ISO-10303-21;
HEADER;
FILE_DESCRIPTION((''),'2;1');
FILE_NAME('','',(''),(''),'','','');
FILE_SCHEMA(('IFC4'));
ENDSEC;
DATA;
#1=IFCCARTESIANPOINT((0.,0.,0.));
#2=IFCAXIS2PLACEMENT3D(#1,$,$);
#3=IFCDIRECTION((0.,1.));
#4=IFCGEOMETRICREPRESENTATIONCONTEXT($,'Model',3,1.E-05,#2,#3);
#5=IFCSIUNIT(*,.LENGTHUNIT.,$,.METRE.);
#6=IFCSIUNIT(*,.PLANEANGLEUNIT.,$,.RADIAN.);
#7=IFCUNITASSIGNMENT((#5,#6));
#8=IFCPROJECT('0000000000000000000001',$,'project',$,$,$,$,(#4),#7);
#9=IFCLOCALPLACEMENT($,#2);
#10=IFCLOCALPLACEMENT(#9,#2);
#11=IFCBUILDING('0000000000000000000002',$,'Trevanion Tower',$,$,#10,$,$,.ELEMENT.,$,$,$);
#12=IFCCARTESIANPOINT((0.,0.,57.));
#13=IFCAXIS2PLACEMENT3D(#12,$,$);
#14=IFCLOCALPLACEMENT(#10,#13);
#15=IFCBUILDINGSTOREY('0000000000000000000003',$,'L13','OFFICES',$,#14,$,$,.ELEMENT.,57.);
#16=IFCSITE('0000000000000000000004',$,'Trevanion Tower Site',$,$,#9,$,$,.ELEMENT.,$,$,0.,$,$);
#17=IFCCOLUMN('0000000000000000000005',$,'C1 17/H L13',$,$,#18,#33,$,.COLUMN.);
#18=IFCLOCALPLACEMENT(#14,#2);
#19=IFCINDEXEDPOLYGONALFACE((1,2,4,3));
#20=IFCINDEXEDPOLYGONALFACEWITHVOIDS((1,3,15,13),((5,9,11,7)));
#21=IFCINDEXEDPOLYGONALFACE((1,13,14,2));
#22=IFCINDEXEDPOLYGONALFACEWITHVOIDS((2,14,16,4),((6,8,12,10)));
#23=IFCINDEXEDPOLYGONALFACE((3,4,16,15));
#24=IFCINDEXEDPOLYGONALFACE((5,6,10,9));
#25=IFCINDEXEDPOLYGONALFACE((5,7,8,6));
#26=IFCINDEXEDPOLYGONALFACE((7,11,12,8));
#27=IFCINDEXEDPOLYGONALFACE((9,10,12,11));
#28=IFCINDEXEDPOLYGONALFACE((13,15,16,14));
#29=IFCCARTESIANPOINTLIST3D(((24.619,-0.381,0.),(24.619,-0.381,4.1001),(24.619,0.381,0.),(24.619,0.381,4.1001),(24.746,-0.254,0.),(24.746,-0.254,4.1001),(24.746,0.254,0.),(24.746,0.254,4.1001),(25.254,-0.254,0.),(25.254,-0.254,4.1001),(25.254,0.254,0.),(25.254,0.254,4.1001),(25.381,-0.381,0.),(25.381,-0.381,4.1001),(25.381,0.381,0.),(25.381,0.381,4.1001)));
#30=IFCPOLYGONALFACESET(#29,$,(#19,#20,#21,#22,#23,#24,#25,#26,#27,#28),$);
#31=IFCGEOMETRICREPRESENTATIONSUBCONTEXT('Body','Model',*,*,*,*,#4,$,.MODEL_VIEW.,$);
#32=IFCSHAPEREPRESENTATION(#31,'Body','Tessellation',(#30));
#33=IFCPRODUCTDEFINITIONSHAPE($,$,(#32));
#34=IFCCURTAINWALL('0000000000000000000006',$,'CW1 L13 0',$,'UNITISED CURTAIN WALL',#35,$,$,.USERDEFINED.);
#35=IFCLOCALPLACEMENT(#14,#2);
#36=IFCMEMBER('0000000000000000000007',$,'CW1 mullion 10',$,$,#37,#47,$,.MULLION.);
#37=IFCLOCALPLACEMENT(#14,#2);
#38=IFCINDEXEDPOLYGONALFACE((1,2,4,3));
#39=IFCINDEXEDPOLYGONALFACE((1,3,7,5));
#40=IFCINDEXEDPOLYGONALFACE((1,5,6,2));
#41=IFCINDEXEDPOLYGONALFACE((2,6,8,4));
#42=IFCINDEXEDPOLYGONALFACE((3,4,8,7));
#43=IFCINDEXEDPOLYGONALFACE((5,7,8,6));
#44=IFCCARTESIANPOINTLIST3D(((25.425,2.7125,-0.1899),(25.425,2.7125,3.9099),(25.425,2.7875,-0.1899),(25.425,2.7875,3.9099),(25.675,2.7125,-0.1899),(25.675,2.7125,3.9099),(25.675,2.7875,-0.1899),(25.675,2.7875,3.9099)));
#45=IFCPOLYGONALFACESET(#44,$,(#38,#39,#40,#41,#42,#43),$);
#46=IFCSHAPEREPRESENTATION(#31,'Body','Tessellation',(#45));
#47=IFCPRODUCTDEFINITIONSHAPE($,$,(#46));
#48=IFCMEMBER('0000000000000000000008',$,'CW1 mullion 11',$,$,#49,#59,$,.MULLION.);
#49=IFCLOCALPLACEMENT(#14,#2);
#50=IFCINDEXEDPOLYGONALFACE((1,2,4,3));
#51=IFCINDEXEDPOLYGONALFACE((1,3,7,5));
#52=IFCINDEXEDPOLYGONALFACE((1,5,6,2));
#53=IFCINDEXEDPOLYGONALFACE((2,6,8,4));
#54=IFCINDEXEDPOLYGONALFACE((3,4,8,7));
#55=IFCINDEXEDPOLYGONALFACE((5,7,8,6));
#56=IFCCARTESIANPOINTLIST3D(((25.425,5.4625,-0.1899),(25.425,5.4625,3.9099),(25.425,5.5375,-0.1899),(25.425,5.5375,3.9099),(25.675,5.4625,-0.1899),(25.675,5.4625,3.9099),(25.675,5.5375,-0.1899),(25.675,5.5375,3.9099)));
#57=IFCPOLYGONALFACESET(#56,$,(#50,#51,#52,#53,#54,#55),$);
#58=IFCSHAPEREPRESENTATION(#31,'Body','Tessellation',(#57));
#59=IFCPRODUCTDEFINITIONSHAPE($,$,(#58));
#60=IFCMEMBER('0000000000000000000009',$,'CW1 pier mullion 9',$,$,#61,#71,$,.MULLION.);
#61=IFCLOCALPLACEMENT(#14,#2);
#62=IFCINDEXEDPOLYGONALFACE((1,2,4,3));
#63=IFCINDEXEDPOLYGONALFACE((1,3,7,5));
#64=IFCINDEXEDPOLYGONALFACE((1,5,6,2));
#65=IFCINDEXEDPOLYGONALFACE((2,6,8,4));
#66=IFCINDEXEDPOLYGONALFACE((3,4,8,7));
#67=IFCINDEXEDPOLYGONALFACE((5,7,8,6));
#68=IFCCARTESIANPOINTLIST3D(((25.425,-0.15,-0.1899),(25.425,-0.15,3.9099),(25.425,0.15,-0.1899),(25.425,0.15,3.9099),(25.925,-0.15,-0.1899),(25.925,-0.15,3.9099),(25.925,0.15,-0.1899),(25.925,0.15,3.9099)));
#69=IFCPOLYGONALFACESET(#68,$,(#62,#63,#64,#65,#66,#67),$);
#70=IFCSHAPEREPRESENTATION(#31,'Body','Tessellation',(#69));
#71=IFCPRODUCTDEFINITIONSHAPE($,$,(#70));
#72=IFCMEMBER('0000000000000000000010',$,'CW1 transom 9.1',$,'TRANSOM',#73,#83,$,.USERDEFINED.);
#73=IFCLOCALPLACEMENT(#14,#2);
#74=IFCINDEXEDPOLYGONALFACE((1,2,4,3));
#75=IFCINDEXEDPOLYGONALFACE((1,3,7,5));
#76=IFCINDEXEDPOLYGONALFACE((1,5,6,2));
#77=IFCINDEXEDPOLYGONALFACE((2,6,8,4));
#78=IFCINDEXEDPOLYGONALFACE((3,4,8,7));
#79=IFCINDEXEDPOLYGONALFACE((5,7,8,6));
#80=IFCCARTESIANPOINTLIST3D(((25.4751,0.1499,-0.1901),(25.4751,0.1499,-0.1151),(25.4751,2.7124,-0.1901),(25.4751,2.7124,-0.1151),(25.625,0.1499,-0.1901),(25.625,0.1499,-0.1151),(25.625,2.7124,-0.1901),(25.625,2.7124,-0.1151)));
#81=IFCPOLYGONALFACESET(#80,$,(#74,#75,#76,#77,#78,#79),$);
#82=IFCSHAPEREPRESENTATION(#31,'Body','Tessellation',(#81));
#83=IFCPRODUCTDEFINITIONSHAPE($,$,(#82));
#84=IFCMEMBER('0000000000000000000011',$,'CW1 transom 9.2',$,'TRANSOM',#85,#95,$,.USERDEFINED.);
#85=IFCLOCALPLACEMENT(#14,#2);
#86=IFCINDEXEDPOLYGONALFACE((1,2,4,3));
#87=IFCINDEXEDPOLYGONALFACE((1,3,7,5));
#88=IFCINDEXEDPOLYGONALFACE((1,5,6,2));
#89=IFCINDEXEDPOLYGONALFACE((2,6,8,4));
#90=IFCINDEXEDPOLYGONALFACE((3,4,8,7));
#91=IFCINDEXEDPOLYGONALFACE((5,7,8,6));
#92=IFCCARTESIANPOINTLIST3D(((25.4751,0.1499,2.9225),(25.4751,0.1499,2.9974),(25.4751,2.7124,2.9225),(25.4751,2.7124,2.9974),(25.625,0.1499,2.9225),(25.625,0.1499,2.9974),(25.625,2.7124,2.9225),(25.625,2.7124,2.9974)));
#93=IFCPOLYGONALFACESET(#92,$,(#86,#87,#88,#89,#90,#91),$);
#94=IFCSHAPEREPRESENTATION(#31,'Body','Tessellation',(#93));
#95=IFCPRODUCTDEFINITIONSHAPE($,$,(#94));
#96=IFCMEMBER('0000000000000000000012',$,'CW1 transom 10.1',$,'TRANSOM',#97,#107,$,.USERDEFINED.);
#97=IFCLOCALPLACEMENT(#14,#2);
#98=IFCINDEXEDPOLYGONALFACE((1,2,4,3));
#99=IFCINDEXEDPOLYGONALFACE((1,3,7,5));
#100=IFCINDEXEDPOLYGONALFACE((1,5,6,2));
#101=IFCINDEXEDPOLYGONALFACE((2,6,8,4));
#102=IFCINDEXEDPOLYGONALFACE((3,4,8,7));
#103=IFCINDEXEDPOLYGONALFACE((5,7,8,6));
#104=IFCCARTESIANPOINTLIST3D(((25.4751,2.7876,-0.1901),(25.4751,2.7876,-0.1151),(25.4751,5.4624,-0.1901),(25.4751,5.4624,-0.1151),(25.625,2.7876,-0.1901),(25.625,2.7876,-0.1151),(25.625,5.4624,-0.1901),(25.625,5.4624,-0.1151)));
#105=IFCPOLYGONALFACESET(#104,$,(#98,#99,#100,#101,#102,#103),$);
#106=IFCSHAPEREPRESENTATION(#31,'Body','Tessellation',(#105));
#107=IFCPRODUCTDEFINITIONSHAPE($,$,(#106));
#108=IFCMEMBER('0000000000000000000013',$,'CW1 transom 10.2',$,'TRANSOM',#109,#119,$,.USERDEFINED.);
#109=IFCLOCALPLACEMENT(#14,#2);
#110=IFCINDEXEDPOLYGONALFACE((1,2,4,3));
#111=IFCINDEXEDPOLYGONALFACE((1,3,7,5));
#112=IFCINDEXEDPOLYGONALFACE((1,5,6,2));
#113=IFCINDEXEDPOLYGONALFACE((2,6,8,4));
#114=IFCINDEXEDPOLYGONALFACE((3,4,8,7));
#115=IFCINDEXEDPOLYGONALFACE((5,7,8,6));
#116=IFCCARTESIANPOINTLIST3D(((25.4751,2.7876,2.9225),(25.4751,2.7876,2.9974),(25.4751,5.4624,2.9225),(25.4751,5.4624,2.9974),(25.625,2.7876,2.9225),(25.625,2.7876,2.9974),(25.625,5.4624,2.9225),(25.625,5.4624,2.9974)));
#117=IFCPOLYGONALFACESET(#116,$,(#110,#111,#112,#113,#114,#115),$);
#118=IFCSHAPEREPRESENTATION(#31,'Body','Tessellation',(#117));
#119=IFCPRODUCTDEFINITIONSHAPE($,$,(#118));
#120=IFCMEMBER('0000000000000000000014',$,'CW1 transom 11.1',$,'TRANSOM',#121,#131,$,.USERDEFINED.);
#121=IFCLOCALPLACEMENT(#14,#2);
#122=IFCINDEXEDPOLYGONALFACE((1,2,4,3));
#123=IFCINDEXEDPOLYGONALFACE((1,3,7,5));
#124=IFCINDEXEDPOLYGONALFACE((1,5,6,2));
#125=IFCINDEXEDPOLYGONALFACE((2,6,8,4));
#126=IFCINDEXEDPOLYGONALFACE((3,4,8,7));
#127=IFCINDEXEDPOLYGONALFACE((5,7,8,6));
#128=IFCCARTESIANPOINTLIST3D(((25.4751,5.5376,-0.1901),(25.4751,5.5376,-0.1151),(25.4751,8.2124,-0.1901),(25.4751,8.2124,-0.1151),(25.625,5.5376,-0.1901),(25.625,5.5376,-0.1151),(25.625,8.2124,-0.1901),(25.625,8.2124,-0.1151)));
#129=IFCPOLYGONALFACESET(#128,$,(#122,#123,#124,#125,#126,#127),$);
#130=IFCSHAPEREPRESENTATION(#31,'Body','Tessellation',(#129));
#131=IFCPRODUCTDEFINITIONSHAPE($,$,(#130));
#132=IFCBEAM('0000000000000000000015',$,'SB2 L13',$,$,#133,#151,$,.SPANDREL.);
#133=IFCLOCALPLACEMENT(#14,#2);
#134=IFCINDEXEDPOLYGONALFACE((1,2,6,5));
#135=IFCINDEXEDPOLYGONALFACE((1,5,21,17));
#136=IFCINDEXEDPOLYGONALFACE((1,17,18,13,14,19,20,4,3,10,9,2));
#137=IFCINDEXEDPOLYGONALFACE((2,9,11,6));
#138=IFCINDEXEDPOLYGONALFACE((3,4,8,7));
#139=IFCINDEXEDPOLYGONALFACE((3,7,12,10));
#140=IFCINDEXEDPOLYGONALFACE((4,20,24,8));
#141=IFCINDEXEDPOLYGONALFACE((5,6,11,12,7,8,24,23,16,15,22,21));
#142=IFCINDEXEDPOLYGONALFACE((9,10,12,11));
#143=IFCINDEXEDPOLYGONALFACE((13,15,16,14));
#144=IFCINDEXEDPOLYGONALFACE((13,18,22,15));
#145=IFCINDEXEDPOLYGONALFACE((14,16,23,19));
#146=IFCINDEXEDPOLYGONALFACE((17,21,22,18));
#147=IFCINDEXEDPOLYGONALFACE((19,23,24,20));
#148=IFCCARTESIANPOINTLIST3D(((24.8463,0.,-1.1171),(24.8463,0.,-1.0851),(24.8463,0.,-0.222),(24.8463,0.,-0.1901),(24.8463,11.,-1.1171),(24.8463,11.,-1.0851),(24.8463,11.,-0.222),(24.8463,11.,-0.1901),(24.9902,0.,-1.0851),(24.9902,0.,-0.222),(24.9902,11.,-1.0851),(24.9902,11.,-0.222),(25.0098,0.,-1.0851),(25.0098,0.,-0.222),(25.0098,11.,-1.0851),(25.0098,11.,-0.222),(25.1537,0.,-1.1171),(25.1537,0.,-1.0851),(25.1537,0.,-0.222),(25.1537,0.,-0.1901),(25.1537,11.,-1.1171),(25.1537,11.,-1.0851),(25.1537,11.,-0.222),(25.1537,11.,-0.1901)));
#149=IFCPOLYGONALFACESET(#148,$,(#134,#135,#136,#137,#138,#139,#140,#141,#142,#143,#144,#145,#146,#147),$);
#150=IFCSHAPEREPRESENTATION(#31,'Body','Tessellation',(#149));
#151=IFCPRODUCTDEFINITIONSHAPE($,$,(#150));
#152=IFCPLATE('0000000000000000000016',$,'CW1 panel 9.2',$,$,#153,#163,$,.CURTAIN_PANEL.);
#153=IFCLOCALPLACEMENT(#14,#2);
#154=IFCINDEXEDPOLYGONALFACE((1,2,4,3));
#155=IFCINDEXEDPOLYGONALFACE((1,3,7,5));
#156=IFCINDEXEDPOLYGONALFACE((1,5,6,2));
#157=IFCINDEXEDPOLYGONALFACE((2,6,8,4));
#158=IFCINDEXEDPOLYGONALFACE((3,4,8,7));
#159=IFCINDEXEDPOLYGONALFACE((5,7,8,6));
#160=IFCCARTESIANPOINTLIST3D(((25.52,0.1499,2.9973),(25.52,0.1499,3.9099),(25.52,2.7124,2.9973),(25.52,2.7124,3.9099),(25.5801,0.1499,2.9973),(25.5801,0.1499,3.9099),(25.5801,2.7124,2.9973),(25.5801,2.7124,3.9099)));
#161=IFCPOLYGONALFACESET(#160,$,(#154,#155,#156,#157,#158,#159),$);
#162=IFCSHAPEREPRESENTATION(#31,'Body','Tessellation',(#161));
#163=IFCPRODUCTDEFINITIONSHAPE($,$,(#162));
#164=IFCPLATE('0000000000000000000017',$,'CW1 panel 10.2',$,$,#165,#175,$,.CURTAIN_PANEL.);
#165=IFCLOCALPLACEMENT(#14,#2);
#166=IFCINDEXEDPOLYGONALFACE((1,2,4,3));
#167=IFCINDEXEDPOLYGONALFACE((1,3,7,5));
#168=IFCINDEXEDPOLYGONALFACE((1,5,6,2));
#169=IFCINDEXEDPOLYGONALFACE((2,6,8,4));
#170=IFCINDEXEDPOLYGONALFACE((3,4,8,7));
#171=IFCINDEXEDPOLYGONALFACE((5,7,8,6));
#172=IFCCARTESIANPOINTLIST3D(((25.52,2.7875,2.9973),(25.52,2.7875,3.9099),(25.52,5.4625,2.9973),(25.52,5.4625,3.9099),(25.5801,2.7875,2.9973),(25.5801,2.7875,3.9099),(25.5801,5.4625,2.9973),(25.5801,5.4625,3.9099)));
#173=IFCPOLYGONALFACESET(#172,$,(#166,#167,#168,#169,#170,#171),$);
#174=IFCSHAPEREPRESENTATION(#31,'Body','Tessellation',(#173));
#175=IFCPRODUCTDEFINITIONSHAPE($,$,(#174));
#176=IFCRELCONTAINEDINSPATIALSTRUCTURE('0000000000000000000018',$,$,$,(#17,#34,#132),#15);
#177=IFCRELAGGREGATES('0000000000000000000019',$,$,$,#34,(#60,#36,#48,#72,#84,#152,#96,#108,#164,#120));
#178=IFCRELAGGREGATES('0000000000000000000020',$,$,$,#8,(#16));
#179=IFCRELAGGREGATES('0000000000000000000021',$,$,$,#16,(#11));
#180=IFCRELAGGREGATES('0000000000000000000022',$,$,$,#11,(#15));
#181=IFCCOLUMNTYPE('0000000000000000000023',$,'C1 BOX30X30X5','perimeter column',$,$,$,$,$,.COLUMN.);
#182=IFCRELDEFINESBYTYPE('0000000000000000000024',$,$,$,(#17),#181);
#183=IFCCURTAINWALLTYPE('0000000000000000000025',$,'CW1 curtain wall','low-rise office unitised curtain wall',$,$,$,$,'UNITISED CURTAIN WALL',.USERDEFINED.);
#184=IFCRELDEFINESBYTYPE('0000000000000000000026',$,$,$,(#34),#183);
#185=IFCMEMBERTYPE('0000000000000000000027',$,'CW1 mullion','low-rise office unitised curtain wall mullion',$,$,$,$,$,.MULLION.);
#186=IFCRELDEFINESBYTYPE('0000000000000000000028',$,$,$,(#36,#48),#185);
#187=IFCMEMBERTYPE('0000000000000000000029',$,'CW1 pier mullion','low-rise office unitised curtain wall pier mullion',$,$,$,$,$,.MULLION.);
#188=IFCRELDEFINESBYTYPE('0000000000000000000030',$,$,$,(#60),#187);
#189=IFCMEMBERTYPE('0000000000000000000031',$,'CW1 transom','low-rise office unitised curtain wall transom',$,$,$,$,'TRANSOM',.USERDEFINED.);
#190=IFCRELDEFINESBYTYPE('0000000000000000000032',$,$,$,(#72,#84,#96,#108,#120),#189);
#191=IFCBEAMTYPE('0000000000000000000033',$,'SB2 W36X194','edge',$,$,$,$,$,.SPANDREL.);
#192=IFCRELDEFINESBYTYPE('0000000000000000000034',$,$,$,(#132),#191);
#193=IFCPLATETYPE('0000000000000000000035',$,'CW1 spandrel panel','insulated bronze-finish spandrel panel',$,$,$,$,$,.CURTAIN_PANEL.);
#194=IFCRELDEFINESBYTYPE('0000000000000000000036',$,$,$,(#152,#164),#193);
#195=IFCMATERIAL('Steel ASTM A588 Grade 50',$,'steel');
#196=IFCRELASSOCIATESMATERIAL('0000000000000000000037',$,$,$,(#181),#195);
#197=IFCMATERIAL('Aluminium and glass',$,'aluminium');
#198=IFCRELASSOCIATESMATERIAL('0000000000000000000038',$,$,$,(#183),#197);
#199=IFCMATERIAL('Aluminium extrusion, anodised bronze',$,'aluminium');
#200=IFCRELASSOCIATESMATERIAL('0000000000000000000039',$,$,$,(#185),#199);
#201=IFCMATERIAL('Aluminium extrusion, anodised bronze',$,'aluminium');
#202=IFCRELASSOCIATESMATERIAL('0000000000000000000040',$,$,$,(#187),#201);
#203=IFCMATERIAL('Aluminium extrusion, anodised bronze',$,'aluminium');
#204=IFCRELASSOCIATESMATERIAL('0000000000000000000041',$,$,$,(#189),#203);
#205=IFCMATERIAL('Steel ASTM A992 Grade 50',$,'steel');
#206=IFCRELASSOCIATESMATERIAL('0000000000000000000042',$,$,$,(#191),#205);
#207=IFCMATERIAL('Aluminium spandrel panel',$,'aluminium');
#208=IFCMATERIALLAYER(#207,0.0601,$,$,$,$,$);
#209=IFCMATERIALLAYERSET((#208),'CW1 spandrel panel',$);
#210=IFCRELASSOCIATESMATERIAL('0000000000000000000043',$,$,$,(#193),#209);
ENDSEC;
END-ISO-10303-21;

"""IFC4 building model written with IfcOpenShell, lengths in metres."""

from ifc_helpers import new_model, si_unit, direction, frame, origin, origin_2d, place, context, subcontext, project, spatial, rectangle, hollow_rectangle, i_section, extrude, material, layer, layer_set, material_profile, profile_set, type_object, element, aggregate, save


model = new_model("IFC4")

# Units and contexts
model_context = context("Model", 3, precision=1e-05, world=origin(), true_north=direction((0.0, 1.0)))
body_context = subcontext(model_context, "Body", "Model", "MODEL_VIEW")
ifc_project = project(units=[si_unit("LENGTHUNIT", "METRE"), si_unit("PLANEANGLEUNIT", "RADIAN")], contexts=[model_context])

# Site, building, storey
site_placement = place(None, origin())
site = spatial("IfcSite", under=ifc_project, at=site_placement, Name="Trevanion Tower Site", CompositionType="ELEMENT", RefElevation=0.0)
building_placement = place(site_placement, origin())
building = spatial("IfcBuilding", under=site, at=building_placement, Name="Trevanion Tower", CompositionType="ELEMENT")
storey_placement = place(building_placement, frame((0.0, 0.0, 57.0)))
storey = spatial("IfcBuildingStorey", under=building, at=storey_placement, Name="L13", Description="OFFICES", CompositionType="ELEMENT", Elevation=57.0)

# Column
ifc_material_1 = material(Name="Steel ASTM A588 Grade 50", Category="steel")
ifc_material_profile_1 = material_profile(ifc_material_1, hollow_rectangle(XDim=0.762, YDim=0.762, WallThickness=0.127, at=origin_2d()), Name="BOX30X30X5")
ifc_profile_set_1 = profile_set([ifc_material_profile_1], Name="Steel ASTM A588 Grade 50")
column_type = type_object("IfcColumnType", Name="C1 BOX30X30X5", Description="perimeter column", PredefinedType="COLUMN", material=ifc_profile_set_1)
column_placement = place(storey_placement, frame((25.0, 0.0, 0.0), z_axis=(0.0, 0.0, 1.0), x_axis=(0.0, 1.0, 0.0)))
element("IfcColumn", 1, at=column_placement, inside=storey, type_object=column_type, Name="C1 17/H L13", PredefinedType="COLUMN", context=body_context, shape_type="SweptSolid", body=[
    extrude(hollow_rectangle(XDim=0.762, YDim=0.762, WallThickness=0.127, at=origin_2d()), origin(), (0.0, 0.0, 1.0), 4.1001),
])

# Curtain wall, members
ifc_material_2 = material(Name="Aluminium and glass", Category="aluminium")
curtain_wall_type = type_object("IfcCurtainWallType", Name="CW1 curtain wall", Description="low-rise office unitised curtain wall", ElementType="UNITISED CURTAIN WALL", PredefinedType="USERDEFINED", material=ifc_material_2)
curtain_wall_placement = place(storey_placement, origin())
curtain_wall = element("IfcCurtainWall", 2, at=curtain_wall_placement, inside=storey, type_object=curtain_wall_type, Name="CW1 L13 0", ObjectType="UNITISED CURTAIN WALL", PredefinedType="USERDEFINED")
ifc_material_3 = material(Name="Aluminium extrusion, anodised bronze", Category="aluminium")
ifc_material_profile_2 = material_profile(ifc_material_3, rectangle(XDim=0.075, YDim=0.25, at=origin_2d()), Name="CW1 mullion")
ifc_profile_set_2 = profile_set([ifc_material_profile_2], Name="Aluminium extrusion, anodised bronze")
member_type_1 = type_object("IfcMemberType", Name="CW1 mullion", Description="low-rise office unitised curtain wall mullion", PredefinedType="MULLION", material=ifc_profile_set_2)
member_1_placement = place(storey_placement, frame((25.55, 2.75, -0.1899), z_axis=(0.0, 0.0, 1.0), x_axis=(0.0, 1.0, 0.0)))
member_1 = element("IfcMember", 3, at=member_1_placement, type_object=member_type_1, Name="CW1 mullion 10", PredefinedType="MULLION", context=body_context, shape_type="SweptSolid", body=[
    extrude(rectangle(XDim=0.075, YDim=0.25, at=origin_2d()), origin(), (0.0, 0.0, 1.0), 4.0999),
])
member_2_placement = place(storey_placement, frame((25.55, 5.5, -0.1899), z_axis=(0.0, 0.0, 1.0), x_axis=(0.0, 1.0, 0.0)))
member_2 = element("IfcMember", 4, at=member_2_placement, type_object=member_type_1, Name="CW1 mullion 11", PredefinedType="MULLION", context=body_context, shape_type="SweptSolid", body=[
    extrude(rectangle(XDim=0.075, YDim=0.25, at=origin_2d()), origin(), (0.0, 0.0, 1.0), 4.0999),
])
ifc_material_4 = material(Name="Aluminium extrusion, anodised bronze", Category="aluminium")
ifc_material_profile_3 = material_profile(ifc_material_4, rectangle(XDim=0.3, YDim=0.5, at=origin_2d()), Name="CW1 pier mullion")
ifc_profile_set_3 = profile_set([ifc_material_profile_3], Name="Aluminium extrusion, anodised bronze")
member_type_2 = type_object("IfcMemberType", Name="CW1 pier mullion", Description="low-rise office unitised curtain wall pier mullion", PredefinedType="MULLION", material=ifc_profile_set_3)
member_3_placement = place(storey_placement, frame((25.675, 0.0, -0.1899), z_axis=(0.0, 0.0, 1.0), x_axis=(0.0, 1.0, 0.0)))
member_3 = element("IfcMember", 5, at=member_3_placement, type_object=member_type_2, Name="CW1 pier mullion 9", PredefinedType="MULLION", context=body_context, shape_type="SweptSolid", body=[
    extrude(rectangle(XDim=0.3, YDim=0.5, at=origin_2d()), origin(), (0.0, 0.0, 1.0), 4.0999),
])
ifc_material_5 = material(Name="Aluminium extrusion, anodised bronze", Category="aluminium")
ifc_material_profile_4 = material_profile(ifc_material_5, rectangle(XDim=0.1499, YDim=0.075, at=origin_2d()), Name="CW1 transom")
ifc_profile_set_4 = profile_set([ifc_material_profile_4], Name="Aluminium extrusion, anodised bronze")
member_type_3 = type_object("IfcMemberType", Name="CW1 transom", Description="low-rise office unitised curtain wall transom", ElementType="TRANSOM", PredefinedType="USERDEFINED", material=ifc_profile_set_4)
member_4_placement = place(storey_placement, frame((25.55, 0.1499, -0.1526), z_axis=(0.0, 1.0, 0.0), x_axis=(-1.0, 0.0, 0.0)))
member_4 = element("IfcMember", 6, at=member_4_placement, type_object=member_type_3, Name="CW1 transom 9.1", ObjectType="TRANSOM", PredefinedType="USERDEFINED", context=body_context, shape_type="SweptSolid", body=[
    extrude(rectangle(XDim=0.1499, YDim=0.075, at=origin_2d()), origin(), (0.0, 0.0, 1.0), 2.5625),
])
member_5_placement = place(storey_placement, frame((25.55, 0.1499, 2.96), z_axis=(0.0, 1.0, 0.0), x_axis=(-1.0, 0.0, 0.0)))
member_5 = element("IfcMember", 7, at=member_5_placement, type_object=member_type_3, Name="CW1 transom 9.2", ObjectType="TRANSOM", PredefinedType="USERDEFINED", context=body_context, shape_type="SweptSolid", body=[
    extrude(rectangle(XDim=0.1499, YDim=0.075, at=origin_2d()), origin(), (0.0, 0.0, 1.0), 2.5625),
])
member_6_placement = place(storey_placement, frame((25.55, 2.7876, -0.1526), z_axis=(0.0, 1.0, 0.0), x_axis=(-1.0, 0.0, 0.0)))
member_6 = element("IfcMember", 8, at=member_6_placement, type_object=member_type_3, Name="CW1 transom 10.1", ObjectType="TRANSOM", PredefinedType="USERDEFINED", context=body_context, shape_type="SweptSolid", body=[
    extrude(rectangle(XDim=0.1499, YDim=0.075, at=origin_2d()), origin(), (0.0, 0.0, 1.0), 2.6748),
])
member_7_placement = place(storey_placement, frame((25.55, 2.7876, 2.96), z_axis=(0.0, 1.0, 0.0), x_axis=(-1.0, 0.0, 0.0)))
member_7 = element("IfcMember", 9, at=member_7_placement, type_object=member_type_3, Name="CW1 transom 10.2", ObjectType="TRANSOM", PredefinedType="USERDEFINED", context=body_context, shape_type="SweptSolid", body=[
    extrude(rectangle(XDim=0.1499, YDim=0.075, at=origin_2d()), origin(), (0.0, 0.0, 1.0), 2.6748),
])
member_8_placement = place(storey_placement, frame((25.55, 5.5376, -0.1526), z_axis=(0.0, 1.0, 0.0), x_axis=(-1.0, 0.0, 0.0)))
member_8 = element("IfcMember", 10, at=member_8_placement, type_object=member_type_3, Name="CW1 transom 11.1", ObjectType="TRANSOM", PredefinedType="USERDEFINED", context=body_context, shape_type="SweptSolid", body=[
    extrude(rectangle(XDim=0.1499, YDim=0.075, at=origin_2d()), origin(), (0.0, 0.0, 1.0), 2.6748),
])

# Beam
ifc_material_6 = material(Name="Steel ASTM A992 Grade 50", Category="steel")
ifc_material_profile_5 = material_profile(ifc_material_6, i_section(OverallWidth=0.3074, OverallDepth=0.927, WebThickness=0.0195, FlangeThickness=0.032, at=origin_2d()), Name="W36X194")
ifc_profile_set_5 = profile_set([ifc_material_profile_5], Name="Steel ASTM A992 Grade 50")
beam_type = type_object("IfcBeamType", Name="SB2 W36X194", Description="edge", PredefinedType="SPANDREL", material=ifc_profile_set_5)
beam_placement = place(storey_placement, frame((25.0, 0.0, -0.6536), z_axis=(0.0, 1.0, 0.0), x_axis=(-1.0, 0.0, 0.0)))
element("IfcBeam", 11, at=beam_placement, inside=storey, type_object=beam_type, Name="SB2 L13", PredefinedType="SPANDREL", context=body_context, shape_type="SweptSolid", body=[
    extrude(i_section(OverallWidth=0.3074, OverallDepth=0.927, WebThickness=0.0195, FlangeThickness=0.032, at=origin_2d()), origin(), (0.0, 0.0, 1.0), 11.0),
])

# Plates
ifc_material_7 = material(Name="Aluminium spandrel panel", Category="aluminium")
ifc_layer_1 = layer(ifc_material_7, 0.0601)
ifc_layer_set_1 = layer_set([ifc_layer_1], Name="CW1 spandrel panel")
plate_type_1 = type_object("IfcPlateType", Name="CW1 spandrel panel", Description="insulated bronze-finish spandrel panel", PredefinedType="CURTAIN_PANEL", material=ifc_layer_set_1)
plate_1_placement = place(storey_placement, frame((25.55, 1.4312, 2.9973), z_axis=(0.0, 0.0, 1.0), x_axis=(0.0, 1.0, 0.0)))
plate_1 = element("IfcPlate", 12, at=plate_1_placement, type_object=plate_type_1, Name="CW1 panel 9.2", PredefinedType="CURTAIN_PANEL", context=body_context, shape_type="SweptSolid", body=[
    extrude(rectangle(XDim=2.5625, YDim=0.0601, at=origin_2d()), origin(), (0.0, 0.0, 1.0), 0.9126),
])
plate_2_placement = place(storey_placement, frame((25.55, 4.125, 2.9973), z_axis=(0.0, 0.0, 1.0), x_axis=(0.0, 1.0, 0.0)))
plate_2 = element("IfcPlate", 13, at=plate_2_placement, type_object=plate_type_1, Name="CW1 panel 10.2", PredefinedType="CURTAIN_PANEL", context=body_context, shape_type="SweptSolid", body=[
    extrude(rectangle(XDim=2.675, YDim=0.0601, at=origin_2d()), origin(), (0.0, 0.0, 1.0), 0.9126),
])
aggregate(curtain_wall, [member_3, member_1, member_2, member_4, member_5, plate_1, member_6, member_7, plate_2, member_8])

save(model, "model.ifc")
